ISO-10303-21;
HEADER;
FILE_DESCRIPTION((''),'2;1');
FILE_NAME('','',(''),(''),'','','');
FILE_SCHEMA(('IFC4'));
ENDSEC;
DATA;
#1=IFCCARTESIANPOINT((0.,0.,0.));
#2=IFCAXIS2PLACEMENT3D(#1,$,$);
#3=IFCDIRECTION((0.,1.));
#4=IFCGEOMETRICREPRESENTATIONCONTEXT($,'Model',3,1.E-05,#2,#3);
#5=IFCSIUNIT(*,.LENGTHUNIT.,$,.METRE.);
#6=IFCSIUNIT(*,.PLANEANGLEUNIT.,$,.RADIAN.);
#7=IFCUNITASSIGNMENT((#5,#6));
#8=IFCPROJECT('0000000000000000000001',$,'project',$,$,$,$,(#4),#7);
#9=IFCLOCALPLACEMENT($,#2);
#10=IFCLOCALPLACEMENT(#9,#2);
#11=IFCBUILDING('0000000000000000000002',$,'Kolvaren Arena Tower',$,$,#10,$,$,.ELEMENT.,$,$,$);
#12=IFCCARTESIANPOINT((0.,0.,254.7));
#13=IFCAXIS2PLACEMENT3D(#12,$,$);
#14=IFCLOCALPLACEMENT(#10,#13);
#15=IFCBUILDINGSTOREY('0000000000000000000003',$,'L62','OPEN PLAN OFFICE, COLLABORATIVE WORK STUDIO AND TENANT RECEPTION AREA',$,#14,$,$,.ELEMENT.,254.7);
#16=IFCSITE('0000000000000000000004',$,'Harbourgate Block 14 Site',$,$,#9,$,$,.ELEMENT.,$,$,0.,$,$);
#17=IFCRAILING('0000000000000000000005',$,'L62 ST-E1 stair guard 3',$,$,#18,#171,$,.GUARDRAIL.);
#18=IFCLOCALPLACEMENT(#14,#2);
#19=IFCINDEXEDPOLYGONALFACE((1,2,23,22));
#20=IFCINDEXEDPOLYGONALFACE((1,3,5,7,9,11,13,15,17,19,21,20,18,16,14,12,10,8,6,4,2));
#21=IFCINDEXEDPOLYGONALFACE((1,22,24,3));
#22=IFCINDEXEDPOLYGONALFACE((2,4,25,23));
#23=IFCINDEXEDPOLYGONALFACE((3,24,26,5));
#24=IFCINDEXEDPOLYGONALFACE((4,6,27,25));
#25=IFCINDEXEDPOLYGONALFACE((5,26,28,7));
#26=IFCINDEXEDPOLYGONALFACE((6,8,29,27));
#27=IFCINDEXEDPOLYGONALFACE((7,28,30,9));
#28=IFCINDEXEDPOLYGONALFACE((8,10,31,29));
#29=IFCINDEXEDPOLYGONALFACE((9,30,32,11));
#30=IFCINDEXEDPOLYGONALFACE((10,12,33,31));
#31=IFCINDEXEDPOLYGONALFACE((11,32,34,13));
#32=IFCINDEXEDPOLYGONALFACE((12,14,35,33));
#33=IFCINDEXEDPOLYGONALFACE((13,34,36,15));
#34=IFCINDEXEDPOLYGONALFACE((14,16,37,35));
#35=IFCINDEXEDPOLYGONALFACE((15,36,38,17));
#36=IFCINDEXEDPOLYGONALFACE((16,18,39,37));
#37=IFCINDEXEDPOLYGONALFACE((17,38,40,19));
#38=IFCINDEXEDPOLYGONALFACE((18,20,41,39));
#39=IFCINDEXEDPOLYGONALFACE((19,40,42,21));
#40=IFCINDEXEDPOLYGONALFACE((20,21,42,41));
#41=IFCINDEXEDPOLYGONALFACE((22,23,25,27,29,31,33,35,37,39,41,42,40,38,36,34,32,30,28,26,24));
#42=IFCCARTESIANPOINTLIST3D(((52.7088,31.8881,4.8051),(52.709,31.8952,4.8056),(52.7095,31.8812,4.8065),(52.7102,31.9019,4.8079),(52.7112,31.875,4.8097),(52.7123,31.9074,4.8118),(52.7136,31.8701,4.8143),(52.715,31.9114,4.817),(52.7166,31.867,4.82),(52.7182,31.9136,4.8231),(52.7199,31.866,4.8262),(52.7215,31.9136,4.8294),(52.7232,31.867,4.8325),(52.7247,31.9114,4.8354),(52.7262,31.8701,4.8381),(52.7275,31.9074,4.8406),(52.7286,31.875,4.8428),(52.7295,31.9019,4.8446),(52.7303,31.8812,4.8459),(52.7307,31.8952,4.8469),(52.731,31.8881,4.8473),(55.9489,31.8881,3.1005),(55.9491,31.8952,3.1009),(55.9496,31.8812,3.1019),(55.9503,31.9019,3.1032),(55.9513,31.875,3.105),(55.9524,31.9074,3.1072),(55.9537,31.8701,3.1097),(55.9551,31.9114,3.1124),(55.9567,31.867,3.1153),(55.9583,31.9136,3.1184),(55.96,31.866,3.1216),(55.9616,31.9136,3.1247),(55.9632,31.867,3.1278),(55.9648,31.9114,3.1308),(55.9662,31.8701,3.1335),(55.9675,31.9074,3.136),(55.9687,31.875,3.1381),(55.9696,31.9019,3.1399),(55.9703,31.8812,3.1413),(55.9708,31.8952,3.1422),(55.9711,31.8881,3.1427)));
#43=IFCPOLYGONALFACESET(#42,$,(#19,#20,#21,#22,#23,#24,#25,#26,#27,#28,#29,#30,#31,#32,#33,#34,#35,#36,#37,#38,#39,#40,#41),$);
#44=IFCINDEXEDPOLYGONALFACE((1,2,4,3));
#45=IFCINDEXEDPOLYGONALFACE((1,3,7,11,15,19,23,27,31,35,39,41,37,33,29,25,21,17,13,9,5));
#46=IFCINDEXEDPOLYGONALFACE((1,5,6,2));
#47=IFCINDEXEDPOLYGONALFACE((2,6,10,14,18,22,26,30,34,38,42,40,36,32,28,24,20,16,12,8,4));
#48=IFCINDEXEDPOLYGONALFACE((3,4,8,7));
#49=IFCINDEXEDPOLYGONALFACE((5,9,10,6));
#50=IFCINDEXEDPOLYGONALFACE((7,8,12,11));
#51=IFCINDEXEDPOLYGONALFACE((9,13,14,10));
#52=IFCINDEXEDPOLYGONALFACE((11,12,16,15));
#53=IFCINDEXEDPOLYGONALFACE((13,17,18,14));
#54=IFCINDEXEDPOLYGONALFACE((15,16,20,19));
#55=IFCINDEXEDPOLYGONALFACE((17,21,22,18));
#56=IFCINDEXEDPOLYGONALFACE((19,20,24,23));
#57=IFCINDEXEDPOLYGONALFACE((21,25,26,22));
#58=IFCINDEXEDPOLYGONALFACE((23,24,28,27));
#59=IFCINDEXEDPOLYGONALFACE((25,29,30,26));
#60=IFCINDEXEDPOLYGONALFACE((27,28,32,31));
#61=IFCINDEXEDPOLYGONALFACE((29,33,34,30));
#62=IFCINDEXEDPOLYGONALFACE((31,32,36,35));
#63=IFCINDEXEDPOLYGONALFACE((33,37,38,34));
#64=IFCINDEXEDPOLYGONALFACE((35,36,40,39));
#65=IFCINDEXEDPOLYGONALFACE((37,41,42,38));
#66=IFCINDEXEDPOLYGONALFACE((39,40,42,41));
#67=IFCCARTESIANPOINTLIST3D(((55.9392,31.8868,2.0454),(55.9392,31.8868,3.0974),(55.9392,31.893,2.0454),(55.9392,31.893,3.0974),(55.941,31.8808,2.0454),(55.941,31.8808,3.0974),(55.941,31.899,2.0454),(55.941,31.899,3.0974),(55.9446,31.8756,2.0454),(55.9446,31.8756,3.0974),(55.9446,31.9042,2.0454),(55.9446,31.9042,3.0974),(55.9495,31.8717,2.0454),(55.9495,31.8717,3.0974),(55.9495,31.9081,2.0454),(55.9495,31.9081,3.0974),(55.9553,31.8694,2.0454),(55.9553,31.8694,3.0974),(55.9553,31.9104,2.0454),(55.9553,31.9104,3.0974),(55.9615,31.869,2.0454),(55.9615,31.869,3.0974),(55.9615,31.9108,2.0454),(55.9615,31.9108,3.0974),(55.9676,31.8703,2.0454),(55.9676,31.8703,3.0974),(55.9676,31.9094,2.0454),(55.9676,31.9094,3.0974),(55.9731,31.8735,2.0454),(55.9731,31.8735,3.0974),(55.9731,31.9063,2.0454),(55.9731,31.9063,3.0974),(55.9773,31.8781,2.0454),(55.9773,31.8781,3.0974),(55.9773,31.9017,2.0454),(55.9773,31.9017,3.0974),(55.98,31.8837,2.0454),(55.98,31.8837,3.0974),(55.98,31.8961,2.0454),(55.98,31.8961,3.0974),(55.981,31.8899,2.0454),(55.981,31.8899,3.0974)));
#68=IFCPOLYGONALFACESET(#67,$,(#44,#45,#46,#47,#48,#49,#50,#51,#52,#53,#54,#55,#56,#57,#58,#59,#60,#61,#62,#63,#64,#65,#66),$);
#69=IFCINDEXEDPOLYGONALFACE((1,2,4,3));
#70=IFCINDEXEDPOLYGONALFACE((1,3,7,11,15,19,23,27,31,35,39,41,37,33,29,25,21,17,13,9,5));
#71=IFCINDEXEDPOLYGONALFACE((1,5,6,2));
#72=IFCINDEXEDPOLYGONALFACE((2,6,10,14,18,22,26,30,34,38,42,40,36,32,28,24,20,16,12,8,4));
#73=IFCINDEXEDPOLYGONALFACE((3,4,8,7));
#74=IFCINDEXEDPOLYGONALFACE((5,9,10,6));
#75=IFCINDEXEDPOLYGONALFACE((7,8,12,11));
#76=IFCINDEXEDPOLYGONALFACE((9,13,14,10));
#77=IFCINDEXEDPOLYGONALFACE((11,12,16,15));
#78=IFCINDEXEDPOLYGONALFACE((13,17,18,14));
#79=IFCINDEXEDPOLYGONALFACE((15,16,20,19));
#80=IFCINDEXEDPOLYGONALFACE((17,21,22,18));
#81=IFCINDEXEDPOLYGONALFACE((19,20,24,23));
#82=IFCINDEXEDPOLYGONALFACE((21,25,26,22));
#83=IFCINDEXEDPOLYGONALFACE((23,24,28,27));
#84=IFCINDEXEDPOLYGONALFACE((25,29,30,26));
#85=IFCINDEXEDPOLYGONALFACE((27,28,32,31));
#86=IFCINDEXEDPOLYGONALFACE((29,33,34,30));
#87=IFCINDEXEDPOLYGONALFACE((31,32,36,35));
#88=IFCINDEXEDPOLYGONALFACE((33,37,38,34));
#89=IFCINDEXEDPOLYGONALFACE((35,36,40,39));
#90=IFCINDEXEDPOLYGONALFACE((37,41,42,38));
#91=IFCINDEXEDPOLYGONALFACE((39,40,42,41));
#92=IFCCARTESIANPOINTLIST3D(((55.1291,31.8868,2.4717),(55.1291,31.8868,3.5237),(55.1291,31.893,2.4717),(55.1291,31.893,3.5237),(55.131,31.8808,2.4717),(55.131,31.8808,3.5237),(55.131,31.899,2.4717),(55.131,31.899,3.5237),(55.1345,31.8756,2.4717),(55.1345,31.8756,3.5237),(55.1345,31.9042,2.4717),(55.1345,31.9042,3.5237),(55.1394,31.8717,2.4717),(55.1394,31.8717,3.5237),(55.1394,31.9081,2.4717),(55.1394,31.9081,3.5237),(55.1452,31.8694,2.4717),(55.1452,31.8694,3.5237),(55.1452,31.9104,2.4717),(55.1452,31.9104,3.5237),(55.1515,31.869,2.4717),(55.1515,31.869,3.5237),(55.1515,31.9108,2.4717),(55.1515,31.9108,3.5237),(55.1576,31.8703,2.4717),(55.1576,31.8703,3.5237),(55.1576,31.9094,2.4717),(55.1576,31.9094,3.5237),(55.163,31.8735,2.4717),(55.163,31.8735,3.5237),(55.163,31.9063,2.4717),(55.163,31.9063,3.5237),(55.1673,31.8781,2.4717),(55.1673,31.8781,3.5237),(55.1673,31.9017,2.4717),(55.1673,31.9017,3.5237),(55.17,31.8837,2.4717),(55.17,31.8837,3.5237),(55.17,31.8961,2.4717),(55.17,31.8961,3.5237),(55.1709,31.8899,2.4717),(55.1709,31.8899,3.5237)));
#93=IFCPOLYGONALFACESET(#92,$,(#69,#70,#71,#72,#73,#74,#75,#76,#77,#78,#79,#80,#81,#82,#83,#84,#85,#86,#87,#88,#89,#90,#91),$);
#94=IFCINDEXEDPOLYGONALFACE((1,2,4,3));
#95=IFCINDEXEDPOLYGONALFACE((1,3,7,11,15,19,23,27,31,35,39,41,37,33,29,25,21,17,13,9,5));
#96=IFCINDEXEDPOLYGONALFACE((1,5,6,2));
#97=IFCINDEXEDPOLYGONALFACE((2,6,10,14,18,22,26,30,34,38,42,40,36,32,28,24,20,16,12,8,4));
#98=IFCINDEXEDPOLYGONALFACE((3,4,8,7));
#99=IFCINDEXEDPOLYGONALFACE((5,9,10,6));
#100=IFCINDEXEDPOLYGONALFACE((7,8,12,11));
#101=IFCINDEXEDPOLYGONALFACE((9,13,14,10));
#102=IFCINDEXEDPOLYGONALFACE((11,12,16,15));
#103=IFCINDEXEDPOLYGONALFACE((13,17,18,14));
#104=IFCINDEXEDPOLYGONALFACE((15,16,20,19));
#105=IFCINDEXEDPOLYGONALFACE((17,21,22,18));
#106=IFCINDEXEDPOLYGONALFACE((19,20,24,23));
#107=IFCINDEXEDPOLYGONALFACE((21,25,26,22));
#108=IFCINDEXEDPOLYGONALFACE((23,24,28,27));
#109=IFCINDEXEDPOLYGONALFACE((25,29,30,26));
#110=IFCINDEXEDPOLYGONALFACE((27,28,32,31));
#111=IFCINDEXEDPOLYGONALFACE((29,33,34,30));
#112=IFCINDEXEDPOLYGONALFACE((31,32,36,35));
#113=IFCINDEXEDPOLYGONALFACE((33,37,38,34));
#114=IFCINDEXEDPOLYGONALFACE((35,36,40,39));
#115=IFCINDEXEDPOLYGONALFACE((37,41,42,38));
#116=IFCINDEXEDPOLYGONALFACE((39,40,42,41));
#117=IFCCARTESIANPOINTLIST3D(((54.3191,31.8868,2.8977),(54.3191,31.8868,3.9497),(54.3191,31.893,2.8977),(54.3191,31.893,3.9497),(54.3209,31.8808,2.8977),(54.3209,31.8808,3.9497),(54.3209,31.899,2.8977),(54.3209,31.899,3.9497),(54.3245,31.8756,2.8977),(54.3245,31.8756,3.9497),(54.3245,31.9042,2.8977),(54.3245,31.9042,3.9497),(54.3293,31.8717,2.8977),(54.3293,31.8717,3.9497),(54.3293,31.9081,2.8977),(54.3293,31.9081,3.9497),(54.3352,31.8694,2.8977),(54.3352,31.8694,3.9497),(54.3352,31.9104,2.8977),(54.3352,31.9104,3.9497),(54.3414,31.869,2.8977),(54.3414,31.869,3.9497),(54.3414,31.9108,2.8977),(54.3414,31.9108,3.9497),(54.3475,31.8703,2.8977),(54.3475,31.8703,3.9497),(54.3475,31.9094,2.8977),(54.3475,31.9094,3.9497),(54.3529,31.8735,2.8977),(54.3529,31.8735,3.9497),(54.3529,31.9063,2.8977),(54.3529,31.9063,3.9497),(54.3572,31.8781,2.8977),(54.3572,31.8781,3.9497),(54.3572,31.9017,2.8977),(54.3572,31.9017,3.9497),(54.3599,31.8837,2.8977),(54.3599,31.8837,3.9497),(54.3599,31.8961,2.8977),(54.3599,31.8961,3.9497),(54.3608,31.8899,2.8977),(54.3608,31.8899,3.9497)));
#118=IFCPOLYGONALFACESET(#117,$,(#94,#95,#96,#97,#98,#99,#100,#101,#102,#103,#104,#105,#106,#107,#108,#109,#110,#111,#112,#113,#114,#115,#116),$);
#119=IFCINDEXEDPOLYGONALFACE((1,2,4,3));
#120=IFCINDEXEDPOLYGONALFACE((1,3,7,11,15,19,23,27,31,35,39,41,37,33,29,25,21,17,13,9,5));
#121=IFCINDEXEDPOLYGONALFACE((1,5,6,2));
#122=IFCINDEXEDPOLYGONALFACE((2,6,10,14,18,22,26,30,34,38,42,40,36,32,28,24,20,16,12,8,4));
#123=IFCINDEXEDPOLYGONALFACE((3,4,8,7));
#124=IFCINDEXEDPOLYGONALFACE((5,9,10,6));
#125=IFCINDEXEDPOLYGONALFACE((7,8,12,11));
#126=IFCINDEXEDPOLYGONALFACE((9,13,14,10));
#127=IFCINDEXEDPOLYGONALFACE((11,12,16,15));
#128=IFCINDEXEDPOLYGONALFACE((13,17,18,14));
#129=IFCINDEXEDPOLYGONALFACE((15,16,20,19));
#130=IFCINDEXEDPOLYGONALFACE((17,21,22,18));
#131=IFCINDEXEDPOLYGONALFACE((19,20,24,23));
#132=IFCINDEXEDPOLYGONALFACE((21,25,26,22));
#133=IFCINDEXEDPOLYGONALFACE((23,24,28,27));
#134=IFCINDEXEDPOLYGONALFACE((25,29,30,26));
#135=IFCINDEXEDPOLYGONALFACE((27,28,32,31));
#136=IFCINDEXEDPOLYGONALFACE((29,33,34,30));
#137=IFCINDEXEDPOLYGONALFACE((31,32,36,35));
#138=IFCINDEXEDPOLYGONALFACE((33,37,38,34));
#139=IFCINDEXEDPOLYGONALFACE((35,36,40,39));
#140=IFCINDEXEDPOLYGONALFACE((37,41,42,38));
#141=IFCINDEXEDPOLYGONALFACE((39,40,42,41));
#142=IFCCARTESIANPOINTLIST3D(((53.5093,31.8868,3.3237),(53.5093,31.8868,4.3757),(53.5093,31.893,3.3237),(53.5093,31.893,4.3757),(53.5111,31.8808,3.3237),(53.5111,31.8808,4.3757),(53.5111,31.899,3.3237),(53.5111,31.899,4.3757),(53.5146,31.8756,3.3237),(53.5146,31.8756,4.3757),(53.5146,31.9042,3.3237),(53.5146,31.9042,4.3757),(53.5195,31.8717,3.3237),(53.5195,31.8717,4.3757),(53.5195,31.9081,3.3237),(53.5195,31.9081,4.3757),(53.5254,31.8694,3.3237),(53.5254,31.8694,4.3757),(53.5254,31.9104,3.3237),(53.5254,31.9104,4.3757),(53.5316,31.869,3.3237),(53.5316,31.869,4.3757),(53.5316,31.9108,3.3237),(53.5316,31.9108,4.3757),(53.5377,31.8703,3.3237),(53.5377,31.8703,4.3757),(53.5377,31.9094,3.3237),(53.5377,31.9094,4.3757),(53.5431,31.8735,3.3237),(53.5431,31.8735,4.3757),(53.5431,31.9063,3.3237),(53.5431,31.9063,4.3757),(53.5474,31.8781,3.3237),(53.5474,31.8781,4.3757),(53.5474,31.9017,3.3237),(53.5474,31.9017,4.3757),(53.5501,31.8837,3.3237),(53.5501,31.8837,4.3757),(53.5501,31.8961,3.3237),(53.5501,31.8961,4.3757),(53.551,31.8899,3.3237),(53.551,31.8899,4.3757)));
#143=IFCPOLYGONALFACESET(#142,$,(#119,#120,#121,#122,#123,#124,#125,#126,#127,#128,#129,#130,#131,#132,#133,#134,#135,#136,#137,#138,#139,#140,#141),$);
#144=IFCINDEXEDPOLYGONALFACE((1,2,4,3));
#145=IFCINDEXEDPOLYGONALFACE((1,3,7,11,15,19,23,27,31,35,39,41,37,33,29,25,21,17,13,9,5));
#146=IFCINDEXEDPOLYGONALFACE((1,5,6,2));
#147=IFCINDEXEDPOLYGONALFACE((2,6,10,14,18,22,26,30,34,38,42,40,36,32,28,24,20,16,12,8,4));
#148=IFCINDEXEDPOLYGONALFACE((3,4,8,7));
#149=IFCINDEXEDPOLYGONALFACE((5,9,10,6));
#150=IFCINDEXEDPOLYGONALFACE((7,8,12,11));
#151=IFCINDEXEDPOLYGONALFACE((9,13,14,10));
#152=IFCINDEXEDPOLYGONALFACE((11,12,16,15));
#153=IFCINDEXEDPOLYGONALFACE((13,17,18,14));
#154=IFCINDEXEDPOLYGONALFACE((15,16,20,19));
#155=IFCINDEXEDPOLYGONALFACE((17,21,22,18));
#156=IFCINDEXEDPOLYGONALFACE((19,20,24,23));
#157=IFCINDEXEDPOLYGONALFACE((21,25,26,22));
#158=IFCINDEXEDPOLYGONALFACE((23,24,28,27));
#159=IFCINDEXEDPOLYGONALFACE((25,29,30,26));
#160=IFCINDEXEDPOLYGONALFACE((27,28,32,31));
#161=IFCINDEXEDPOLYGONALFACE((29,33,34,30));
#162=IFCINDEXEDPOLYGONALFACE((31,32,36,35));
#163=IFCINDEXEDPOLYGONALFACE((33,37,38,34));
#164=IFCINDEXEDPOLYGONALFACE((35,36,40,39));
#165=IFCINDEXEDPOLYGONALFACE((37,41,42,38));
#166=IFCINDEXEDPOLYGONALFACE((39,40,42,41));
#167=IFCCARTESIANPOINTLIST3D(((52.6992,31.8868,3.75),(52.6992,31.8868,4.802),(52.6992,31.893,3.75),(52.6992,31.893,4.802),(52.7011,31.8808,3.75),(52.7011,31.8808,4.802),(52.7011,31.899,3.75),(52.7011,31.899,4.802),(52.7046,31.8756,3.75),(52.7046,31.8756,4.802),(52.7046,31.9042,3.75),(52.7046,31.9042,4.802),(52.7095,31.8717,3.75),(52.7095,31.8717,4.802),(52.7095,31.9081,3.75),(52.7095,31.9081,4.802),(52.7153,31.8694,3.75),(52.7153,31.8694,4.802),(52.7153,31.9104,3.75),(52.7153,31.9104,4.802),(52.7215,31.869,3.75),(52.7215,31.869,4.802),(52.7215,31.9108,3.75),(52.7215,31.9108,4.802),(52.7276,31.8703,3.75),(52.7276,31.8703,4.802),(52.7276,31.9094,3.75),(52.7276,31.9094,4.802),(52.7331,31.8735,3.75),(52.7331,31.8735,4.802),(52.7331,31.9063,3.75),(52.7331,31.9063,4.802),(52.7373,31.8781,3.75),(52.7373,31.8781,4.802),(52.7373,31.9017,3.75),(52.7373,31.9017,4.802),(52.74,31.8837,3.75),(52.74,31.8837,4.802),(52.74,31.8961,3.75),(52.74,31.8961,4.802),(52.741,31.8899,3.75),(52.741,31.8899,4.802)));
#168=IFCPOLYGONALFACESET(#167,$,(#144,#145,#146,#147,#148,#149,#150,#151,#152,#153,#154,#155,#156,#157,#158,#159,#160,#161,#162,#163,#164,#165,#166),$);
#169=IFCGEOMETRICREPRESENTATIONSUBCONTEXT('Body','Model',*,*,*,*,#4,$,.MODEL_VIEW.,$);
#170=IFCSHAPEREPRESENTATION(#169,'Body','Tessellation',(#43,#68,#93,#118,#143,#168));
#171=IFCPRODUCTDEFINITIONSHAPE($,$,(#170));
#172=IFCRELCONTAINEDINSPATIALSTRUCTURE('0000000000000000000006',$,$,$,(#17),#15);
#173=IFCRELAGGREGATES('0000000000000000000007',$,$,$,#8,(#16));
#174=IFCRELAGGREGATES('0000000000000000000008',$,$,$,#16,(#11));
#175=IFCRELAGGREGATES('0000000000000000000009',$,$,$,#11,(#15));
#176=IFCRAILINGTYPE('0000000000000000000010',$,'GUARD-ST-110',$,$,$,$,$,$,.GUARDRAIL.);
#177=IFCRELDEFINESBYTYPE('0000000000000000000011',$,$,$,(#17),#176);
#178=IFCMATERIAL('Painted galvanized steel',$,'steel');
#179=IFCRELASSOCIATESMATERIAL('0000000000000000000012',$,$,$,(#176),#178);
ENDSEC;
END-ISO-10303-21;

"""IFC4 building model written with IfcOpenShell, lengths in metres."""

from ifc_helpers import new_model, si_unit, direction, frame, origin, origin_2d, place, context, subcontext, project, spatial, circle, extrude, material, type_object, element, save


model = new_model("IFC4")

# Units and contexts
model_context = context("Model", 3, precision=1e-05, world=origin(), true_north=direction((0.0, 1.0)))
body_context = subcontext(model_context, "Body", "Model", "MODEL_VIEW")
ifc_project = project(units=[si_unit("LENGTHUNIT", "METRE"), si_unit("PLANEANGLEUNIT", "RADIAN")], contexts=[model_context])

# Site, building, storey
site_placement = place(None, origin())
site = spatial("IfcSite", under=ifc_project, at=site_placement, Name="Harbourgate Block 14 Site", CompositionType="ELEMENT", RefElevation=0.0)
building_placement = place(site_placement, origin())
building = spatial("IfcBuilding", under=site, at=building_placement, Name="Kolvaren Arena Tower", CompositionType="ELEMENT")
storey_placement = place(building_placement, frame((0.0, 0.0, 254.7)))
storey = spatial("IfcBuildingStorey", under=building, at=storey_placement, Name="L62", Description="OPEN PLAN OFFICE, COLLABORATIVE WORK STUDIO AND TENANT RECEPTION AREA", CompositionType="ELEMENT", Elevation=254.7)

# Railing
ifc_material_1 = material(Name="Painted galvanized steel", Category="steel")
railing_type_1 = type_object("IfcRailingType", Name="GUARD-ST-110", PredefinedType="GUARDRAIL", material=ifc_material_1)
railing_1_placement = place(storey_placement, frame((55.96, 31.8899, 2.0454)))
element("IfcRailing", 1, at=railing_1_placement, inside=storey, type_object=railing_type_1, Name="L62 ST-E1 stair guard 3", PredefinedType="GUARDRAIL", context=body_context, shape_type="SweptSolid", body=[
    extrude(circle(Radius=0.0239, at=origin_2d()), frame((0.0, 0.0, 1.0762), z_axis=(-0.884993, 0.0, 0.465604), x_axis=(0.0, -1.0, 0.0)), (0.0, 0.0, 1.0), 3.6611),
    extrude(circle(Radius=0.021, at=origin_2d()), origin(), (0.0, 0.0, 1.0), 1.052),
    extrude(circle(Radius=0.021, at=origin_2d()), frame((-0.8101, 0.0, 0.4263)), (0.0, 0.0, 1.0), 1.052),
    extrude(circle(Radius=0.021, at=origin_2d()), frame((-1.6201, 0.0, 0.8523)), (0.0, 0.0, 1.0), 1.052),
    extrude(circle(Radius=0.021, at=origin_2d()), frame((-2.4299, 0.0, 1.2783)), (0.0, 0.0, 1.0), 1.052),
    extrude(circle(Radius=0.021, at=origin_2d()), frame((-3.24, 0.0, 1.7046)), (0.0, 0.0, 1.0), 1.052),
])

save(model, "model.ifc")
